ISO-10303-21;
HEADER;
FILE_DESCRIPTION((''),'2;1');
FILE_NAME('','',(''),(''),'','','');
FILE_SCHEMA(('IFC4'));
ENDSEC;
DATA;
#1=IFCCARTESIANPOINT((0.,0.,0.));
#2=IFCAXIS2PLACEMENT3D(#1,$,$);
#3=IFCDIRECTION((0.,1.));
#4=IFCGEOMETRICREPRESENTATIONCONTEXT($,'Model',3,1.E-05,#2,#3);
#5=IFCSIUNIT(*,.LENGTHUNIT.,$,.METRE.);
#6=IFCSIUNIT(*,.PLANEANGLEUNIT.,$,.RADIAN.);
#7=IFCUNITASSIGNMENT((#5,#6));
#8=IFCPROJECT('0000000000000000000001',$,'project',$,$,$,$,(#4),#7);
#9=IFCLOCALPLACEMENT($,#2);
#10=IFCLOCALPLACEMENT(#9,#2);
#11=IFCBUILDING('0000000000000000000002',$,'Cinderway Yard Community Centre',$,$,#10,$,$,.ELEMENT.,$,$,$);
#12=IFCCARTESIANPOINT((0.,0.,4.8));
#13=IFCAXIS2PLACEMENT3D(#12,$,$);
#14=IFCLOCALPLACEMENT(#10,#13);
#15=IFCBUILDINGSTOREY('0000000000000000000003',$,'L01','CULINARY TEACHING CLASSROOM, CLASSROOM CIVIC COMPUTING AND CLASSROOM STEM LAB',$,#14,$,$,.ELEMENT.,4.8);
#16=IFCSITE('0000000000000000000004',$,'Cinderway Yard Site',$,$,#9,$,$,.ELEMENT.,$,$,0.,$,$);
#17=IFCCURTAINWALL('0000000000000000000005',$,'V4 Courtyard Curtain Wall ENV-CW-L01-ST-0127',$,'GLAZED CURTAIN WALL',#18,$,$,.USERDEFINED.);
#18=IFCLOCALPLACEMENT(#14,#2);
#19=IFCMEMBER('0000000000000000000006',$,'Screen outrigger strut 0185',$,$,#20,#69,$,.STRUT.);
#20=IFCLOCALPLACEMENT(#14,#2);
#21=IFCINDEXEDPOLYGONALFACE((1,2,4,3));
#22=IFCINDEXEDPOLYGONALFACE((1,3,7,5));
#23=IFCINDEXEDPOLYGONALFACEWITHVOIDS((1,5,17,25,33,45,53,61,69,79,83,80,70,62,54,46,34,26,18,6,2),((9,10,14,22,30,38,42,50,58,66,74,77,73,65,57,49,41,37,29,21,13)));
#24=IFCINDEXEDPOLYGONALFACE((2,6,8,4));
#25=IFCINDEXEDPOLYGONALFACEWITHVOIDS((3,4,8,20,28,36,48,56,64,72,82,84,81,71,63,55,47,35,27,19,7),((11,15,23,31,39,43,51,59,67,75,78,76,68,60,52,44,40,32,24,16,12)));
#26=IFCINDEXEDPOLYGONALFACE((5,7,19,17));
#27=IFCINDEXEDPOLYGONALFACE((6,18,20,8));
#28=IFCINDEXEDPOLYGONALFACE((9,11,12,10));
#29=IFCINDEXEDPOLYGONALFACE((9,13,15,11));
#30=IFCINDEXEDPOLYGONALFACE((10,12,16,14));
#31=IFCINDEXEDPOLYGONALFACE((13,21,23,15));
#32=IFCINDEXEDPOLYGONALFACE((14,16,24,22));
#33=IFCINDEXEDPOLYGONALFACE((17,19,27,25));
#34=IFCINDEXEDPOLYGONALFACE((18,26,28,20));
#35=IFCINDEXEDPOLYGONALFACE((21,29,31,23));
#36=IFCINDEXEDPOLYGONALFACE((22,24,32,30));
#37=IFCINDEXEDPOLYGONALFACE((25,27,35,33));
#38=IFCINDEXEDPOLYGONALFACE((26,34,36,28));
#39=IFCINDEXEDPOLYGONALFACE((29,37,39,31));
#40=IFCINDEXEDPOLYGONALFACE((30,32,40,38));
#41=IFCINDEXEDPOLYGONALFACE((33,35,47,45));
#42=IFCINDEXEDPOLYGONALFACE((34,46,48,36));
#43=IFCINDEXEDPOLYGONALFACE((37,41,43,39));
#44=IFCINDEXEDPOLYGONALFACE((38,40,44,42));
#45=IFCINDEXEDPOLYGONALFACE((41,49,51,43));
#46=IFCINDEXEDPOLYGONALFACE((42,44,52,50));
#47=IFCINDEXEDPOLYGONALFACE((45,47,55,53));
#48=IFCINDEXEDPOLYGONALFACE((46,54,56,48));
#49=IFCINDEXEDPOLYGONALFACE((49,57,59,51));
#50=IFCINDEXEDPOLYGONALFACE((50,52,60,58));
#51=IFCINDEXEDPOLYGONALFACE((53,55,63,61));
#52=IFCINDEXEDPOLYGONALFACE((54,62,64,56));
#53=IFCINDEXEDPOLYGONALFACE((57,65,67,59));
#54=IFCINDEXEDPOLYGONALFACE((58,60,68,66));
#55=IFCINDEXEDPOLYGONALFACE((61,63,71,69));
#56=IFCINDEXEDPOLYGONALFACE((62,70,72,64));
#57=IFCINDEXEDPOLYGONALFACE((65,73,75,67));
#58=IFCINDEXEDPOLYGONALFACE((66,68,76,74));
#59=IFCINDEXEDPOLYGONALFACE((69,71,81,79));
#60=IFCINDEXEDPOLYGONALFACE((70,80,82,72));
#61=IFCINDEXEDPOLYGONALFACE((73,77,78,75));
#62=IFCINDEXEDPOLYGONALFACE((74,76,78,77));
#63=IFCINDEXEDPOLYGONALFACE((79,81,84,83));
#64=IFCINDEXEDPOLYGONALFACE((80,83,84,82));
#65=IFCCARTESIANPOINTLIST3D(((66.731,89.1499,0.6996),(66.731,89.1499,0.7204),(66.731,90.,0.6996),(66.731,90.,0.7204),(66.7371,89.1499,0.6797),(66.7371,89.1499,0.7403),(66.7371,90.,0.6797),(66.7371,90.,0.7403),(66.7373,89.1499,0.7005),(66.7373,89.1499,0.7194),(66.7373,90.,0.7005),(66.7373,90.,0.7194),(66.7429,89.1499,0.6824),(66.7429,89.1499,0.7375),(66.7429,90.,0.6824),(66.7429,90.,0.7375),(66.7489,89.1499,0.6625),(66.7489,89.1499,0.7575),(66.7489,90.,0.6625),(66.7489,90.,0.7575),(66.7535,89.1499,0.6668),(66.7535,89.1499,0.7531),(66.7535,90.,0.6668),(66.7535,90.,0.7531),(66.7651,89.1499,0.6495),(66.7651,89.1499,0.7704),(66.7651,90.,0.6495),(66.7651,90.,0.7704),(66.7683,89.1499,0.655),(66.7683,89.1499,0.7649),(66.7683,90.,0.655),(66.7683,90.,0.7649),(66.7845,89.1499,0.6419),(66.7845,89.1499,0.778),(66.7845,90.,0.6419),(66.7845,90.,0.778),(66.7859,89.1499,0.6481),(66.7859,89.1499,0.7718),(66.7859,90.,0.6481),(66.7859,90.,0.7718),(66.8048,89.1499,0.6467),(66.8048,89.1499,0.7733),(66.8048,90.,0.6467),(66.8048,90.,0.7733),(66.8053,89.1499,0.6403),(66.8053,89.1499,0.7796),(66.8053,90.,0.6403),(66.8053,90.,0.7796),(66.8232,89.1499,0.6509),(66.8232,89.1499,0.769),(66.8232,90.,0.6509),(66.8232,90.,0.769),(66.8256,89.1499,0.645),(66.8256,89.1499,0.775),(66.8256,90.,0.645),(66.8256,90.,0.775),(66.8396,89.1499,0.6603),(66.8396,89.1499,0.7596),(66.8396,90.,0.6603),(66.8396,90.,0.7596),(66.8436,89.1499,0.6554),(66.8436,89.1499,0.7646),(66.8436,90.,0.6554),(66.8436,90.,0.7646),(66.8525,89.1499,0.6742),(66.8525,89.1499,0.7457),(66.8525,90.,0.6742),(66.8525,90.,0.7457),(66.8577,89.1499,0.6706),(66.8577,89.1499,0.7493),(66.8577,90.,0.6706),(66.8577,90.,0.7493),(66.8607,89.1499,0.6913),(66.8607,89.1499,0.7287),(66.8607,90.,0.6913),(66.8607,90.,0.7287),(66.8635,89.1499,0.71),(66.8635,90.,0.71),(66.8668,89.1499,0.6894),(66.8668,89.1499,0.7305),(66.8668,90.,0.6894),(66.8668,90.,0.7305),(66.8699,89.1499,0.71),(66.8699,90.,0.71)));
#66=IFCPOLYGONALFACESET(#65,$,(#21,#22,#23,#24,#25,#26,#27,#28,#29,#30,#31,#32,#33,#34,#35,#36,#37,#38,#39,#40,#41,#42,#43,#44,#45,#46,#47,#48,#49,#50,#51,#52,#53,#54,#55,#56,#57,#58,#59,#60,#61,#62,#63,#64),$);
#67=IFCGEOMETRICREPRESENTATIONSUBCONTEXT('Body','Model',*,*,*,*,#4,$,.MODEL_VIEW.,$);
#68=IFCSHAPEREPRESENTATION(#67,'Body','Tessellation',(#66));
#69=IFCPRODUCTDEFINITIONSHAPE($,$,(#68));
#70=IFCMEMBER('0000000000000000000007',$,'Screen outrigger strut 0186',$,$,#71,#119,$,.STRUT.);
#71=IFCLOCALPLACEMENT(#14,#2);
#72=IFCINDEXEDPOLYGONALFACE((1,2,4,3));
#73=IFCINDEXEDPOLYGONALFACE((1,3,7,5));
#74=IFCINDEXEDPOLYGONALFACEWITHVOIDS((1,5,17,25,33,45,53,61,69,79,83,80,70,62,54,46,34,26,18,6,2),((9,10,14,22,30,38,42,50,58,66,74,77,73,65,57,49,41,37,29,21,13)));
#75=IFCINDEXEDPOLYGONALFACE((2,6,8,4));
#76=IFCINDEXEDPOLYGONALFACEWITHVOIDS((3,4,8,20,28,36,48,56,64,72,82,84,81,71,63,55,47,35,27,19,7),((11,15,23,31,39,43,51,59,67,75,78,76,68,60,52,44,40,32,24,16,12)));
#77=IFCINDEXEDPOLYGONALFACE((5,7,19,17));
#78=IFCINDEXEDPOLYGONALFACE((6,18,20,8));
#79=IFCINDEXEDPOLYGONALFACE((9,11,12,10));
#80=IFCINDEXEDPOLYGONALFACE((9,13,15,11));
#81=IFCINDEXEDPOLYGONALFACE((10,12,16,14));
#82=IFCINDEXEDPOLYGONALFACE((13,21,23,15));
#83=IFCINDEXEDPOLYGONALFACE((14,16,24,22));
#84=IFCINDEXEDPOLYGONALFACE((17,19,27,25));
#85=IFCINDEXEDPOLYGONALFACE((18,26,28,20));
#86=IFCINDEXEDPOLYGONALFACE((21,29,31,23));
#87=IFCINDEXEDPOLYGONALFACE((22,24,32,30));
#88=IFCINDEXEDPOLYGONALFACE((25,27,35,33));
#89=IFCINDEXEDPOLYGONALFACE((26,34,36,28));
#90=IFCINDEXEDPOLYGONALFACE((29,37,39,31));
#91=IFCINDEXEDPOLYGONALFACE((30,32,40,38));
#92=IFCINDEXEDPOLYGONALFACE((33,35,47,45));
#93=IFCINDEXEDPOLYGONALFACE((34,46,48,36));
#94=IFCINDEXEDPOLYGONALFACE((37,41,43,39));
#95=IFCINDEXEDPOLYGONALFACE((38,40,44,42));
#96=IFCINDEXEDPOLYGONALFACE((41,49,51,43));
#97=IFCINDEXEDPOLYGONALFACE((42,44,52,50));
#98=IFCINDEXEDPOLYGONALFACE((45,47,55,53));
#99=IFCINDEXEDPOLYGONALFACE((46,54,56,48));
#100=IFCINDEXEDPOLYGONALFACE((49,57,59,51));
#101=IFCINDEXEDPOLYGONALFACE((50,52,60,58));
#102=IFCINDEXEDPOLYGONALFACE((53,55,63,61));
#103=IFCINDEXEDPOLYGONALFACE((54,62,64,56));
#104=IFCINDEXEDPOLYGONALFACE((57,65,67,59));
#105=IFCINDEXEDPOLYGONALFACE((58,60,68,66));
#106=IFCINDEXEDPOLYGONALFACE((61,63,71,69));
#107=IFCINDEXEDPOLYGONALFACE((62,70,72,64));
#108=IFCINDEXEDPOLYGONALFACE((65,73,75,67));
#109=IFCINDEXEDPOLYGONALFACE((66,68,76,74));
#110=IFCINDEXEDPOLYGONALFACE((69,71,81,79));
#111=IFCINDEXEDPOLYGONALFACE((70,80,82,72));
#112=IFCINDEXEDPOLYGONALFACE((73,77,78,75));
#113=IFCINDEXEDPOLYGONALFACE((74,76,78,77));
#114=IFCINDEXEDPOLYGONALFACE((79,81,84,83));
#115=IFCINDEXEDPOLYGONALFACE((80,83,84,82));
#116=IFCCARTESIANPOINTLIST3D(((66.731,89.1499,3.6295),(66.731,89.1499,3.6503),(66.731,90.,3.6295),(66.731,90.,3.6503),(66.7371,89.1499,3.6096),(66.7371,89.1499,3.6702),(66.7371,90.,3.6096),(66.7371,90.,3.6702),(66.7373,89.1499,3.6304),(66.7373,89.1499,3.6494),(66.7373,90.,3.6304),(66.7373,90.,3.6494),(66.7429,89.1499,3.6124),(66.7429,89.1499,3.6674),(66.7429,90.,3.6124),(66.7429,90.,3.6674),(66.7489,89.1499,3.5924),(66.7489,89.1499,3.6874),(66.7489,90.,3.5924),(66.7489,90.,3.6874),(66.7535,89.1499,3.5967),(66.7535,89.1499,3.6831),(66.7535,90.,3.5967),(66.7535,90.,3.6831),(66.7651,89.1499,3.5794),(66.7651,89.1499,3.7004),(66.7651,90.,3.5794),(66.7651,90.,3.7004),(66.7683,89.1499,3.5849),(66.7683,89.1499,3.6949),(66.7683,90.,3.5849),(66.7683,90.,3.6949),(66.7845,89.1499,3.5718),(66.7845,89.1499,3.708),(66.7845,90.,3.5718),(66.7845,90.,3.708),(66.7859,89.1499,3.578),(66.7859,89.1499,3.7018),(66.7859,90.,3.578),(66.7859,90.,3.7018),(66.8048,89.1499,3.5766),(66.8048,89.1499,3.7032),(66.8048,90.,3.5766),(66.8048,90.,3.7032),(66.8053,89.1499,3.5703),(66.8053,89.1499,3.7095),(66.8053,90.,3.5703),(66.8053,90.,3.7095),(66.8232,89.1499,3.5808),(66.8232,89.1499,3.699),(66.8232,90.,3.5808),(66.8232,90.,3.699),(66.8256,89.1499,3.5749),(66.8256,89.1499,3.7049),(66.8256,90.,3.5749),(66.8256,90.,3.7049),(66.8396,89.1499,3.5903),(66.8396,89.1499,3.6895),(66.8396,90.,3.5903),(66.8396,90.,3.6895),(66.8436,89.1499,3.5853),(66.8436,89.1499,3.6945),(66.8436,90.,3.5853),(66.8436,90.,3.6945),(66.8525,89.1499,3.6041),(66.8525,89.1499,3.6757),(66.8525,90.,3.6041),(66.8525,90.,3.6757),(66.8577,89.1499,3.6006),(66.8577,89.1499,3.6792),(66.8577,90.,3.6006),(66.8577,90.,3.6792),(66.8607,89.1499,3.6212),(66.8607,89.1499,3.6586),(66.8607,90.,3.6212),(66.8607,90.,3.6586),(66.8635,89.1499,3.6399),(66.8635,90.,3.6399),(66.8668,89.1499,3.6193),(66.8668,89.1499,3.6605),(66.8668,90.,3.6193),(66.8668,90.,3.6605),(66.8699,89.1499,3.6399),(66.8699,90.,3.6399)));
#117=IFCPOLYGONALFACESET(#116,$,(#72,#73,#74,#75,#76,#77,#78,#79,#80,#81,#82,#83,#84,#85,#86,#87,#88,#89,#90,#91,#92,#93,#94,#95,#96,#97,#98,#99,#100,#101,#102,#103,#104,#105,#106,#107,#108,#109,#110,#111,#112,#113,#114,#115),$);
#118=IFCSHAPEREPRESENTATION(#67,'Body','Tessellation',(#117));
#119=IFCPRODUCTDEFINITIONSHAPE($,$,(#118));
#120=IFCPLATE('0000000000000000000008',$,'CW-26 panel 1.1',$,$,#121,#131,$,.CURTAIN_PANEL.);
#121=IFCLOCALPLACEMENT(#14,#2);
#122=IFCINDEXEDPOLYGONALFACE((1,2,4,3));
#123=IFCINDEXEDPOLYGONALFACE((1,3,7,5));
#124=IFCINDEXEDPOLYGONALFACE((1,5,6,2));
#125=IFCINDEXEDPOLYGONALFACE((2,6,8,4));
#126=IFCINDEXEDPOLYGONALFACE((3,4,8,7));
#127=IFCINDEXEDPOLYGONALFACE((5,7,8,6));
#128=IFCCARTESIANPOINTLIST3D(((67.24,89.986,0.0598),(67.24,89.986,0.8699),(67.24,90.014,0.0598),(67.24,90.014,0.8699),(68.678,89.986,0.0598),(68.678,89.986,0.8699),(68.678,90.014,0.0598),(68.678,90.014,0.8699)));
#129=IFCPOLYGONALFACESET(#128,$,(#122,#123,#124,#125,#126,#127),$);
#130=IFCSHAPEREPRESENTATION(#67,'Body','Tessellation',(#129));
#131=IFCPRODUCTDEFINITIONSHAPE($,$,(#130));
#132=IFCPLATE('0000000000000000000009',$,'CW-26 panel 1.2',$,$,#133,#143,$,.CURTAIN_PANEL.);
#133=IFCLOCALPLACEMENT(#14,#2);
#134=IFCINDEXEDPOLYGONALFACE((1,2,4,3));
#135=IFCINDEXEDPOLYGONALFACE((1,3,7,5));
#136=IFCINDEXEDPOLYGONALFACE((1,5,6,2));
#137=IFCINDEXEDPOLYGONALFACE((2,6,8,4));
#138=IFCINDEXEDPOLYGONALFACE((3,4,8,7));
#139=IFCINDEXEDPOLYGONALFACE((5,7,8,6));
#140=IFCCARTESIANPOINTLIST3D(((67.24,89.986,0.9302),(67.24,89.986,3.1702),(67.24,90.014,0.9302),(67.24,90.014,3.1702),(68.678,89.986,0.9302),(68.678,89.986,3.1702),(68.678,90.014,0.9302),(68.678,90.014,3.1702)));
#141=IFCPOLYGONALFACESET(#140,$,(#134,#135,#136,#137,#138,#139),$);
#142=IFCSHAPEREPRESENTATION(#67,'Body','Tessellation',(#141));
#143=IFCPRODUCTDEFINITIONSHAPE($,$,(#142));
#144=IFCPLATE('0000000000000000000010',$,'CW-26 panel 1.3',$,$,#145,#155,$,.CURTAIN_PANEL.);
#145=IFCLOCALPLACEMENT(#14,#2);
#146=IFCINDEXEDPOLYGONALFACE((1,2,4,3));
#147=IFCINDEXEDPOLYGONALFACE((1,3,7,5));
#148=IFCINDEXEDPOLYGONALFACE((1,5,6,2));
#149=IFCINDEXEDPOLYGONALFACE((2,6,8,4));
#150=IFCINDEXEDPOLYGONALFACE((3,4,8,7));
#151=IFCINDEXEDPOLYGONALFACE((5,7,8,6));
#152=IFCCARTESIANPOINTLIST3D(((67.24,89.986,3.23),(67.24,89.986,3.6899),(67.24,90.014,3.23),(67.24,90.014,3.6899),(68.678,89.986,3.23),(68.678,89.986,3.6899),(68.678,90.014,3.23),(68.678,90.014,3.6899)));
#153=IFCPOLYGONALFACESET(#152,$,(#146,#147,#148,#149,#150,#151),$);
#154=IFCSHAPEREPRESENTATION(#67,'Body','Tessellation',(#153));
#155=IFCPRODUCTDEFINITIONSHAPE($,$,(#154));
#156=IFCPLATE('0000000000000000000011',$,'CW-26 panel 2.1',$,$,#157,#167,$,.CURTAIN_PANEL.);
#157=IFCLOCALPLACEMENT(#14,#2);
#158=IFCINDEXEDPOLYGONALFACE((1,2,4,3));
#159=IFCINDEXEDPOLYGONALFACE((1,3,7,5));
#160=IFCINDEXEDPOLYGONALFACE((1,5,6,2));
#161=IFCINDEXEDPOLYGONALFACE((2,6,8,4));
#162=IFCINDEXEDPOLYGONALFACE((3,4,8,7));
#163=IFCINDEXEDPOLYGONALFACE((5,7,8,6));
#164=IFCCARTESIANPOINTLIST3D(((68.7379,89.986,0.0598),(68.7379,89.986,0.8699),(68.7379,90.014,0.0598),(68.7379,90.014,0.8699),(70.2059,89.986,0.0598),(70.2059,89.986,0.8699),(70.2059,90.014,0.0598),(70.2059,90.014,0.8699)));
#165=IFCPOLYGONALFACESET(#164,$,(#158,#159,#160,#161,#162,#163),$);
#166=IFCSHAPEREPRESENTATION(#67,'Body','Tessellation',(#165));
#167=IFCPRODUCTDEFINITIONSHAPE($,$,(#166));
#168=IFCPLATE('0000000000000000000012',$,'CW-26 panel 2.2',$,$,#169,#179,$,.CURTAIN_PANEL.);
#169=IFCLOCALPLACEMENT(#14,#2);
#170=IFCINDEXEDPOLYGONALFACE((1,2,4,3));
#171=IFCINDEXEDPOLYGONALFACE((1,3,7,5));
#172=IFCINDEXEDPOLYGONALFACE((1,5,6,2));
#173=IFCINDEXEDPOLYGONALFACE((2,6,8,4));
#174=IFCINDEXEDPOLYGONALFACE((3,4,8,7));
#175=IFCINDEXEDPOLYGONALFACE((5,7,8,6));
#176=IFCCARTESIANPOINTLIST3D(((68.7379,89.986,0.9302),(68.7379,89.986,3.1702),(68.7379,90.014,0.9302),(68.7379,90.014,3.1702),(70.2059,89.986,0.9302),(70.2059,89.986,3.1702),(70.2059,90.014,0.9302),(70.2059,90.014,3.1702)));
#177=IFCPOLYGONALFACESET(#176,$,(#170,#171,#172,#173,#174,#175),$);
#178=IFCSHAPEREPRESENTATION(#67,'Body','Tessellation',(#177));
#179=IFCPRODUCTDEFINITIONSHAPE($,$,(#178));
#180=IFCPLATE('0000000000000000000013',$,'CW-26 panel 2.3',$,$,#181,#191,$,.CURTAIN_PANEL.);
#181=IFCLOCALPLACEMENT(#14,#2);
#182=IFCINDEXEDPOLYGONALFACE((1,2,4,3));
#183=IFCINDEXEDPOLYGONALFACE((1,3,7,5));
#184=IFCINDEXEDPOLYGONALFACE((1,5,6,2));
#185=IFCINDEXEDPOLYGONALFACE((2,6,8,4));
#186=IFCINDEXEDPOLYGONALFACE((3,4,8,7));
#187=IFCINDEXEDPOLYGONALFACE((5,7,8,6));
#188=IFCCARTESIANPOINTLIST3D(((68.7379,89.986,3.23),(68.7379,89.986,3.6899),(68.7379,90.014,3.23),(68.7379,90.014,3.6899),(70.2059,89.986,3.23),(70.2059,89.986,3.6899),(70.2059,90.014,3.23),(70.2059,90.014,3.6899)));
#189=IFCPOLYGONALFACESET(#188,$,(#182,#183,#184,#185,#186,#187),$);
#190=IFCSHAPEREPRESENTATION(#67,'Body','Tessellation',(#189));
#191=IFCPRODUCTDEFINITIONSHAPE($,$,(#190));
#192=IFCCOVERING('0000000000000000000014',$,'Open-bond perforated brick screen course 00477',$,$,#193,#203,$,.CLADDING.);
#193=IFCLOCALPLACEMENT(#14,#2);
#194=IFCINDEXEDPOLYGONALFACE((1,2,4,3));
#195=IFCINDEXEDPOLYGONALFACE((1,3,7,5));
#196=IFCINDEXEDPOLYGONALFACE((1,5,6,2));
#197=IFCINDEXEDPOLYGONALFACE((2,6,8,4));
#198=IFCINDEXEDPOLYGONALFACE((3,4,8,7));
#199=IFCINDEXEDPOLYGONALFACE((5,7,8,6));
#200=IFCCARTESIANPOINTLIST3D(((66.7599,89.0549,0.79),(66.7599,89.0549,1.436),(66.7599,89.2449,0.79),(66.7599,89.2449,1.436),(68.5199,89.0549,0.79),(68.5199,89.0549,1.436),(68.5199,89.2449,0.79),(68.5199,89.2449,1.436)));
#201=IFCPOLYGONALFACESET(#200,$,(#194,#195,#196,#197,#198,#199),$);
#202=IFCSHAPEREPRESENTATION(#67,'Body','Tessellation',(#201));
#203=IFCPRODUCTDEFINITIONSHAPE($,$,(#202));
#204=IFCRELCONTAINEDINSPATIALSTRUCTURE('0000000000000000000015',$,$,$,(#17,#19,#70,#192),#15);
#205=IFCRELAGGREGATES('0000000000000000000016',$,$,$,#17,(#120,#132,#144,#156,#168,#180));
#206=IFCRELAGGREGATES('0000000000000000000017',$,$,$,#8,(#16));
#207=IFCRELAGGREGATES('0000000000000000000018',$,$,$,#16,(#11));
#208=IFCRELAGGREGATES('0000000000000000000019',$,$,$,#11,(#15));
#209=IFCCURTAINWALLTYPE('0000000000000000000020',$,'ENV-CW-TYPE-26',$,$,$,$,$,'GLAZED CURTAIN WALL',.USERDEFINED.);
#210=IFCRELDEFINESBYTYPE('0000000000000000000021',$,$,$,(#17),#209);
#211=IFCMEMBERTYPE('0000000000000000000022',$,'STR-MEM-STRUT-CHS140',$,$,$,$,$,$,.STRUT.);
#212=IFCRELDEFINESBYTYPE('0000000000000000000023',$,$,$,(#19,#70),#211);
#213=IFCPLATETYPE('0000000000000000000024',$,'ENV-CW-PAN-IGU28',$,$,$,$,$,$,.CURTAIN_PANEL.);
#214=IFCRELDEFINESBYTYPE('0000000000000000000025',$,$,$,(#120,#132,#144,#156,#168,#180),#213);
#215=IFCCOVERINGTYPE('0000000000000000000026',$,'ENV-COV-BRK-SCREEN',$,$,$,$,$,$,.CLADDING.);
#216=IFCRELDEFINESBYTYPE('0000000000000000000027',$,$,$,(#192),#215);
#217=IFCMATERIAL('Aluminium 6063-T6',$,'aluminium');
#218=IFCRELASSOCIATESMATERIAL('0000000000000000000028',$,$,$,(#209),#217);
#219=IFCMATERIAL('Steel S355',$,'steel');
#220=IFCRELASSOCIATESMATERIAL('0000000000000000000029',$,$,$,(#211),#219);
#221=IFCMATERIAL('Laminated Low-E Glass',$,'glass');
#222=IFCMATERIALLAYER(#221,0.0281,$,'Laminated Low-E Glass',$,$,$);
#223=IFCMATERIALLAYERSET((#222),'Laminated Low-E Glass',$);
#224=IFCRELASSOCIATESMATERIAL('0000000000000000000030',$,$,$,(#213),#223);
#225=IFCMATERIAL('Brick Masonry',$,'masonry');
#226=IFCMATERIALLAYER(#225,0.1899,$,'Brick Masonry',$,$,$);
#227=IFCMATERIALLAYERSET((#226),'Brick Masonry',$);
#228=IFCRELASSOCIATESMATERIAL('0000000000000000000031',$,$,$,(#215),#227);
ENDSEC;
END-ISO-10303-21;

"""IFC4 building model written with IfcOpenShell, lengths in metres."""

from ifc_helpers import new_model, si_unit, direction, frame, origin, origin_2d, place, context, subcontext, project, spatial, rectangle, hollow_circle, extrude, material, layer, layer_set, material_profile, profile_set, type_object, element, aggregate, save


model = new_model("IFC4")

# Units and contexts
model_context = context("Model", 3, precision=1e-05, world=origin(), true_north=direction((0.0, 1.0)))
body_context = subcontext(model_context, "Body", "Model", "MODEL_VIEW")
ifc_project = project(units=[si_unit("LENGTHUNIT", "METRE"), si_unit("PLANEANGLEUNIT", "RADIAN")], contexts=[model_context])

# Site, building, storey
site_placement = place(None, origin())
site = spatial("IfcSite", under=ifc_project, at=site_placement, Name="Cinderway Yard Site", CompositionType="ELEMENT", RefElevation=0.0)
building_placement = place(site_placement, origin())
building = spatial("IfcBuilding", under=site, at=building_placement, Name="Cinderway Yard Community Centre", CompositionType="ELEMENT")
storey_placement = place(building_placement, frame((0.0, 0.0, 4.8)))
storey = spatial("IfcBuildingStorey", under=building, at=storey_placement, Name="L01", Description="CULINARY TEACHING CLASSROOM, CLASSROOM CIVIC COMPUTING AND CLASSROOM STEM LAB", CompositionType="ELEMENT", Elevation=4.8)

# Curtain wall
ifc_material_1 = material(Name="Aluminium 6063-T6", Category="aluminium")
curtain_wall_type = type_object("IfcCurtainWallType", Name="ENV-CW-TYPE-26", ElementType="GLAZED CURTAIN WALL", PredefinedType="USERDEFINED", material=ifc_material_1)
curtain_wall_placement = place(storey_placement, origin())
curtain_wall = element("IfcCurtainWall", 1, at=curtain_wall_placement, inside=storey, type_object=curtain_wall_type, Name="V4 Courtyard Curtain Wall ENV-CW-L01-ST-0127", ObjectType="GLAZED CURTAIN WALL", PredefinedType="USERDEFINED")

# Shared definitions
ifc_material_2 = material(Name="Steel S355", Category="steel")

# Members
ifc_material_profile_1 = material_profile(ifc_material_2, hollow_circle(Radius=0.0698, WallThickness=0.0063, at=origin_2d()), Name="Steel S355")
ifc_profile_set_1 = profile_set([ifc_material_profile_1], Name="Steel S355")
member_type_1 = type_object("IfcMemberType", Name="STR-MEM-STRUT-CHS140", PredefinedType="STRUT", material=ifc_profile_set_1)
for number, where, z_axis, x_axis, name in (
    (2, (66.8, 90.0, 0.71), (0.0, -1.0, 0.0), (1.0, 0.0, 0.0), "Screen outrigger strut 0185"),
    (3, (66.8, 90.0, 3.6399), (0.0, -1.0, 0.0), (1.0, 0.0, 0.0), "Screen outrigger strut 0186"),
):
    element("IfcMember", number, at=place(storey_placement, frame(where, z_axis=z_axis, x_axis=x_axis)), inside=storey, type_object=member_type_1, Name=name, PredefinedType="STRUT", context=body_context, shape_type="SweptSolid", body=[
        extrude(hollow_circle(Radius=0.0698, WallThickness=0.0063, at=origin_2d()), origin(), (0.0, 0.0, 1.0), 0.8501),
    ])

# Plates
ifc_material_3 = material(Name="Laminated Low-E Glass", Category="glass")
ifc_layer_1 = layer(ifc_material_3, 0.0281, Name="Laminated Low-E Glass")
ifc_layer_set_1 = layer_set([ifc_layer_1], Name="Laminated Low-E Glass")
plate_type = type_object("IfcPlateType", Name="ENV-CW-PAN-IGU28", PredefinedType="CURTAIN_PANEL", material=ifc_layer_set_1)
plate_1_placement = place(storey_placement, frame((67.959, 90.0, 0.0598), z_axis=(0.0, 0.0, 1.0), x_axis=(1.0, 0.0, 0.0)))
plate_1 = element("IfcPlate", 4, at=plate_1_placement, type_object=plate_type, Name="CW-26 panel 1.1", PredefinedType="CURTAIN_PANEL", context=body_context, shape_type="SweptSolid", body=[
    extrude(rectangle(XDim=1.438, YDim=0.0281, at=origin_2d()), origin(), (0.0, 0.0, 1.0), 0.8101),
])
plate_2_placement = place(storey_placement, frame((67.959, 90.0, 0.9302), z_axis=(0.0, 0.0, 1.0), x_axis=(1.0, 0.0, 0.0)))
plate_2 = element("IfcPlate", 5, at=plate_2_placement, type_object=plate_type, Name="CW-26 panel 1.2", PredefinedType="CURTAIN_PANEL", context=body_context, shape_type="SweptSolid", body=[
    extrude(rectangle(XDim=1.438, YDim=0.0281, at=origin_2d()), origin(), (0.0, 0.0, 1.0), 2.24),
])
plate_3_placement = place(storey_placement, frame((67.959, 90.0, 3.23), z_axis=(0.0, 0.0, 1.0), x_axis=(1.0, 0.0, 0.0)))
plate_3 = element("IfcPlate", 6, at=plate_3_placement, type_object=plate_type, Name="CW-26 panel 1.3", PredefinedType="CURTAIN_PANEL", context=body_context, shape_type="SweptSolid", body=[
    extrude(rectangle(XDim=1.438, YDim=0.0281, at=origin_2d()), origin(), (0.0, 0.0, 1.0), 0.46),
])
plate_4_placement = place(storey_placement, frame((69.4719, 90.0, 0.0598), z_axis=(0.0, 0.0, 1.0), x_axis=(1.0, 0.0, 0.0)))
plate_4 = element("IfcPlate", 7, at=plate_4_placement, type_object=plate_type, Name="CW-26 panel 2.1", PredefinedType="CURTAIN_PANEL", context=body_context, shape_type="SweptSolid", body=[
    extrude(rectangle(XDim=1.468, YDim=0.0281, at=origin_2d()), origin(), (0.0, 0.0, 1.0), 0.8101),
])
plate_5_placement = place(storey_placement, frame((69.4719, 90.0, 0.9302), z_axis=(0.0, 0.0, 1.0), x_axis=(1.0, 0.0, 0.0)))
plate_5 = element("IfcPlate", 8, at=plate_5_placement, type_object=plate_type, Name="CW-26 panel 2.2", PredefinedType="CURTAIN_PANEL", context=body_context, shape_type="SweptSolid", body=[
    extrude(rectangle(XDim=1.468, YDim=0.0281, at=origin_2d()), origin(), (0.0, 0.0, 1.0), 2.24),
])
plate_6_placement = place(storey_placement, frame((69.4719, 90.0, 3.23), z_axis=(0.0, 0.0, 1.0), x_axis=(1.0, 0.0, 0.0)))
plate_6 = element("IfcPlate", 9, at=plate_6_placement, type_object=plate_type, Name="CW-26 panel 2.3", PredefinedType="CURTAIN_PANEL", context=body_context, shape_type="SweptSolid", body=[
    extrude(rectangle(XDim=1.468, YDim=0.0281, at=origin_2d()), origin(), (0.0, 0.0, 1.0), 0.46),
])
aggregate(curtain_wall, [plate_1, plate_2, plate_3, plate_4, plate_5, plate_6])

# Covering
ifc_material_4 = material(Name="Brick Masonry", Category="masonry")
ifc_layer_2 = layer(ifc_material_4, 0.1899, Name="Brick Masonry")
ifc_layer_set_2 = layer_set([ifc_layer_2], Name="Brick Masonry")
covering_type = type_object("IfcCoveringType", Name="ENV-COV-BRK-SCREEN", PredefinedType="CLADDING", material=ifc_layer_set_2)
for number, where, z_axis, x_axis, name in (
    (10, (67.6399, 89.1499, 0.79), (0.0, 0.0, 1.0), (-1.0, 0.0, 0.0), "Open-bond perforated brick screen course 00477"),
):
    element("IfcCovering", number, at=place(storey_placement, frame(where, z_axis=z_axis, x_axis=x_axis)), inside=storey, type_object=covering_type, Name=name, PredefinedType="CLADDING", context=body_context, shape_type="SweptSolid", body=[
        extrude(rectangle(XDim=1.76, YDim=0.1899, at=origin_2d()), origin(), (0.0, 0.0, 1.0), 0.646),
    ])

save(model, "model.ifc")
